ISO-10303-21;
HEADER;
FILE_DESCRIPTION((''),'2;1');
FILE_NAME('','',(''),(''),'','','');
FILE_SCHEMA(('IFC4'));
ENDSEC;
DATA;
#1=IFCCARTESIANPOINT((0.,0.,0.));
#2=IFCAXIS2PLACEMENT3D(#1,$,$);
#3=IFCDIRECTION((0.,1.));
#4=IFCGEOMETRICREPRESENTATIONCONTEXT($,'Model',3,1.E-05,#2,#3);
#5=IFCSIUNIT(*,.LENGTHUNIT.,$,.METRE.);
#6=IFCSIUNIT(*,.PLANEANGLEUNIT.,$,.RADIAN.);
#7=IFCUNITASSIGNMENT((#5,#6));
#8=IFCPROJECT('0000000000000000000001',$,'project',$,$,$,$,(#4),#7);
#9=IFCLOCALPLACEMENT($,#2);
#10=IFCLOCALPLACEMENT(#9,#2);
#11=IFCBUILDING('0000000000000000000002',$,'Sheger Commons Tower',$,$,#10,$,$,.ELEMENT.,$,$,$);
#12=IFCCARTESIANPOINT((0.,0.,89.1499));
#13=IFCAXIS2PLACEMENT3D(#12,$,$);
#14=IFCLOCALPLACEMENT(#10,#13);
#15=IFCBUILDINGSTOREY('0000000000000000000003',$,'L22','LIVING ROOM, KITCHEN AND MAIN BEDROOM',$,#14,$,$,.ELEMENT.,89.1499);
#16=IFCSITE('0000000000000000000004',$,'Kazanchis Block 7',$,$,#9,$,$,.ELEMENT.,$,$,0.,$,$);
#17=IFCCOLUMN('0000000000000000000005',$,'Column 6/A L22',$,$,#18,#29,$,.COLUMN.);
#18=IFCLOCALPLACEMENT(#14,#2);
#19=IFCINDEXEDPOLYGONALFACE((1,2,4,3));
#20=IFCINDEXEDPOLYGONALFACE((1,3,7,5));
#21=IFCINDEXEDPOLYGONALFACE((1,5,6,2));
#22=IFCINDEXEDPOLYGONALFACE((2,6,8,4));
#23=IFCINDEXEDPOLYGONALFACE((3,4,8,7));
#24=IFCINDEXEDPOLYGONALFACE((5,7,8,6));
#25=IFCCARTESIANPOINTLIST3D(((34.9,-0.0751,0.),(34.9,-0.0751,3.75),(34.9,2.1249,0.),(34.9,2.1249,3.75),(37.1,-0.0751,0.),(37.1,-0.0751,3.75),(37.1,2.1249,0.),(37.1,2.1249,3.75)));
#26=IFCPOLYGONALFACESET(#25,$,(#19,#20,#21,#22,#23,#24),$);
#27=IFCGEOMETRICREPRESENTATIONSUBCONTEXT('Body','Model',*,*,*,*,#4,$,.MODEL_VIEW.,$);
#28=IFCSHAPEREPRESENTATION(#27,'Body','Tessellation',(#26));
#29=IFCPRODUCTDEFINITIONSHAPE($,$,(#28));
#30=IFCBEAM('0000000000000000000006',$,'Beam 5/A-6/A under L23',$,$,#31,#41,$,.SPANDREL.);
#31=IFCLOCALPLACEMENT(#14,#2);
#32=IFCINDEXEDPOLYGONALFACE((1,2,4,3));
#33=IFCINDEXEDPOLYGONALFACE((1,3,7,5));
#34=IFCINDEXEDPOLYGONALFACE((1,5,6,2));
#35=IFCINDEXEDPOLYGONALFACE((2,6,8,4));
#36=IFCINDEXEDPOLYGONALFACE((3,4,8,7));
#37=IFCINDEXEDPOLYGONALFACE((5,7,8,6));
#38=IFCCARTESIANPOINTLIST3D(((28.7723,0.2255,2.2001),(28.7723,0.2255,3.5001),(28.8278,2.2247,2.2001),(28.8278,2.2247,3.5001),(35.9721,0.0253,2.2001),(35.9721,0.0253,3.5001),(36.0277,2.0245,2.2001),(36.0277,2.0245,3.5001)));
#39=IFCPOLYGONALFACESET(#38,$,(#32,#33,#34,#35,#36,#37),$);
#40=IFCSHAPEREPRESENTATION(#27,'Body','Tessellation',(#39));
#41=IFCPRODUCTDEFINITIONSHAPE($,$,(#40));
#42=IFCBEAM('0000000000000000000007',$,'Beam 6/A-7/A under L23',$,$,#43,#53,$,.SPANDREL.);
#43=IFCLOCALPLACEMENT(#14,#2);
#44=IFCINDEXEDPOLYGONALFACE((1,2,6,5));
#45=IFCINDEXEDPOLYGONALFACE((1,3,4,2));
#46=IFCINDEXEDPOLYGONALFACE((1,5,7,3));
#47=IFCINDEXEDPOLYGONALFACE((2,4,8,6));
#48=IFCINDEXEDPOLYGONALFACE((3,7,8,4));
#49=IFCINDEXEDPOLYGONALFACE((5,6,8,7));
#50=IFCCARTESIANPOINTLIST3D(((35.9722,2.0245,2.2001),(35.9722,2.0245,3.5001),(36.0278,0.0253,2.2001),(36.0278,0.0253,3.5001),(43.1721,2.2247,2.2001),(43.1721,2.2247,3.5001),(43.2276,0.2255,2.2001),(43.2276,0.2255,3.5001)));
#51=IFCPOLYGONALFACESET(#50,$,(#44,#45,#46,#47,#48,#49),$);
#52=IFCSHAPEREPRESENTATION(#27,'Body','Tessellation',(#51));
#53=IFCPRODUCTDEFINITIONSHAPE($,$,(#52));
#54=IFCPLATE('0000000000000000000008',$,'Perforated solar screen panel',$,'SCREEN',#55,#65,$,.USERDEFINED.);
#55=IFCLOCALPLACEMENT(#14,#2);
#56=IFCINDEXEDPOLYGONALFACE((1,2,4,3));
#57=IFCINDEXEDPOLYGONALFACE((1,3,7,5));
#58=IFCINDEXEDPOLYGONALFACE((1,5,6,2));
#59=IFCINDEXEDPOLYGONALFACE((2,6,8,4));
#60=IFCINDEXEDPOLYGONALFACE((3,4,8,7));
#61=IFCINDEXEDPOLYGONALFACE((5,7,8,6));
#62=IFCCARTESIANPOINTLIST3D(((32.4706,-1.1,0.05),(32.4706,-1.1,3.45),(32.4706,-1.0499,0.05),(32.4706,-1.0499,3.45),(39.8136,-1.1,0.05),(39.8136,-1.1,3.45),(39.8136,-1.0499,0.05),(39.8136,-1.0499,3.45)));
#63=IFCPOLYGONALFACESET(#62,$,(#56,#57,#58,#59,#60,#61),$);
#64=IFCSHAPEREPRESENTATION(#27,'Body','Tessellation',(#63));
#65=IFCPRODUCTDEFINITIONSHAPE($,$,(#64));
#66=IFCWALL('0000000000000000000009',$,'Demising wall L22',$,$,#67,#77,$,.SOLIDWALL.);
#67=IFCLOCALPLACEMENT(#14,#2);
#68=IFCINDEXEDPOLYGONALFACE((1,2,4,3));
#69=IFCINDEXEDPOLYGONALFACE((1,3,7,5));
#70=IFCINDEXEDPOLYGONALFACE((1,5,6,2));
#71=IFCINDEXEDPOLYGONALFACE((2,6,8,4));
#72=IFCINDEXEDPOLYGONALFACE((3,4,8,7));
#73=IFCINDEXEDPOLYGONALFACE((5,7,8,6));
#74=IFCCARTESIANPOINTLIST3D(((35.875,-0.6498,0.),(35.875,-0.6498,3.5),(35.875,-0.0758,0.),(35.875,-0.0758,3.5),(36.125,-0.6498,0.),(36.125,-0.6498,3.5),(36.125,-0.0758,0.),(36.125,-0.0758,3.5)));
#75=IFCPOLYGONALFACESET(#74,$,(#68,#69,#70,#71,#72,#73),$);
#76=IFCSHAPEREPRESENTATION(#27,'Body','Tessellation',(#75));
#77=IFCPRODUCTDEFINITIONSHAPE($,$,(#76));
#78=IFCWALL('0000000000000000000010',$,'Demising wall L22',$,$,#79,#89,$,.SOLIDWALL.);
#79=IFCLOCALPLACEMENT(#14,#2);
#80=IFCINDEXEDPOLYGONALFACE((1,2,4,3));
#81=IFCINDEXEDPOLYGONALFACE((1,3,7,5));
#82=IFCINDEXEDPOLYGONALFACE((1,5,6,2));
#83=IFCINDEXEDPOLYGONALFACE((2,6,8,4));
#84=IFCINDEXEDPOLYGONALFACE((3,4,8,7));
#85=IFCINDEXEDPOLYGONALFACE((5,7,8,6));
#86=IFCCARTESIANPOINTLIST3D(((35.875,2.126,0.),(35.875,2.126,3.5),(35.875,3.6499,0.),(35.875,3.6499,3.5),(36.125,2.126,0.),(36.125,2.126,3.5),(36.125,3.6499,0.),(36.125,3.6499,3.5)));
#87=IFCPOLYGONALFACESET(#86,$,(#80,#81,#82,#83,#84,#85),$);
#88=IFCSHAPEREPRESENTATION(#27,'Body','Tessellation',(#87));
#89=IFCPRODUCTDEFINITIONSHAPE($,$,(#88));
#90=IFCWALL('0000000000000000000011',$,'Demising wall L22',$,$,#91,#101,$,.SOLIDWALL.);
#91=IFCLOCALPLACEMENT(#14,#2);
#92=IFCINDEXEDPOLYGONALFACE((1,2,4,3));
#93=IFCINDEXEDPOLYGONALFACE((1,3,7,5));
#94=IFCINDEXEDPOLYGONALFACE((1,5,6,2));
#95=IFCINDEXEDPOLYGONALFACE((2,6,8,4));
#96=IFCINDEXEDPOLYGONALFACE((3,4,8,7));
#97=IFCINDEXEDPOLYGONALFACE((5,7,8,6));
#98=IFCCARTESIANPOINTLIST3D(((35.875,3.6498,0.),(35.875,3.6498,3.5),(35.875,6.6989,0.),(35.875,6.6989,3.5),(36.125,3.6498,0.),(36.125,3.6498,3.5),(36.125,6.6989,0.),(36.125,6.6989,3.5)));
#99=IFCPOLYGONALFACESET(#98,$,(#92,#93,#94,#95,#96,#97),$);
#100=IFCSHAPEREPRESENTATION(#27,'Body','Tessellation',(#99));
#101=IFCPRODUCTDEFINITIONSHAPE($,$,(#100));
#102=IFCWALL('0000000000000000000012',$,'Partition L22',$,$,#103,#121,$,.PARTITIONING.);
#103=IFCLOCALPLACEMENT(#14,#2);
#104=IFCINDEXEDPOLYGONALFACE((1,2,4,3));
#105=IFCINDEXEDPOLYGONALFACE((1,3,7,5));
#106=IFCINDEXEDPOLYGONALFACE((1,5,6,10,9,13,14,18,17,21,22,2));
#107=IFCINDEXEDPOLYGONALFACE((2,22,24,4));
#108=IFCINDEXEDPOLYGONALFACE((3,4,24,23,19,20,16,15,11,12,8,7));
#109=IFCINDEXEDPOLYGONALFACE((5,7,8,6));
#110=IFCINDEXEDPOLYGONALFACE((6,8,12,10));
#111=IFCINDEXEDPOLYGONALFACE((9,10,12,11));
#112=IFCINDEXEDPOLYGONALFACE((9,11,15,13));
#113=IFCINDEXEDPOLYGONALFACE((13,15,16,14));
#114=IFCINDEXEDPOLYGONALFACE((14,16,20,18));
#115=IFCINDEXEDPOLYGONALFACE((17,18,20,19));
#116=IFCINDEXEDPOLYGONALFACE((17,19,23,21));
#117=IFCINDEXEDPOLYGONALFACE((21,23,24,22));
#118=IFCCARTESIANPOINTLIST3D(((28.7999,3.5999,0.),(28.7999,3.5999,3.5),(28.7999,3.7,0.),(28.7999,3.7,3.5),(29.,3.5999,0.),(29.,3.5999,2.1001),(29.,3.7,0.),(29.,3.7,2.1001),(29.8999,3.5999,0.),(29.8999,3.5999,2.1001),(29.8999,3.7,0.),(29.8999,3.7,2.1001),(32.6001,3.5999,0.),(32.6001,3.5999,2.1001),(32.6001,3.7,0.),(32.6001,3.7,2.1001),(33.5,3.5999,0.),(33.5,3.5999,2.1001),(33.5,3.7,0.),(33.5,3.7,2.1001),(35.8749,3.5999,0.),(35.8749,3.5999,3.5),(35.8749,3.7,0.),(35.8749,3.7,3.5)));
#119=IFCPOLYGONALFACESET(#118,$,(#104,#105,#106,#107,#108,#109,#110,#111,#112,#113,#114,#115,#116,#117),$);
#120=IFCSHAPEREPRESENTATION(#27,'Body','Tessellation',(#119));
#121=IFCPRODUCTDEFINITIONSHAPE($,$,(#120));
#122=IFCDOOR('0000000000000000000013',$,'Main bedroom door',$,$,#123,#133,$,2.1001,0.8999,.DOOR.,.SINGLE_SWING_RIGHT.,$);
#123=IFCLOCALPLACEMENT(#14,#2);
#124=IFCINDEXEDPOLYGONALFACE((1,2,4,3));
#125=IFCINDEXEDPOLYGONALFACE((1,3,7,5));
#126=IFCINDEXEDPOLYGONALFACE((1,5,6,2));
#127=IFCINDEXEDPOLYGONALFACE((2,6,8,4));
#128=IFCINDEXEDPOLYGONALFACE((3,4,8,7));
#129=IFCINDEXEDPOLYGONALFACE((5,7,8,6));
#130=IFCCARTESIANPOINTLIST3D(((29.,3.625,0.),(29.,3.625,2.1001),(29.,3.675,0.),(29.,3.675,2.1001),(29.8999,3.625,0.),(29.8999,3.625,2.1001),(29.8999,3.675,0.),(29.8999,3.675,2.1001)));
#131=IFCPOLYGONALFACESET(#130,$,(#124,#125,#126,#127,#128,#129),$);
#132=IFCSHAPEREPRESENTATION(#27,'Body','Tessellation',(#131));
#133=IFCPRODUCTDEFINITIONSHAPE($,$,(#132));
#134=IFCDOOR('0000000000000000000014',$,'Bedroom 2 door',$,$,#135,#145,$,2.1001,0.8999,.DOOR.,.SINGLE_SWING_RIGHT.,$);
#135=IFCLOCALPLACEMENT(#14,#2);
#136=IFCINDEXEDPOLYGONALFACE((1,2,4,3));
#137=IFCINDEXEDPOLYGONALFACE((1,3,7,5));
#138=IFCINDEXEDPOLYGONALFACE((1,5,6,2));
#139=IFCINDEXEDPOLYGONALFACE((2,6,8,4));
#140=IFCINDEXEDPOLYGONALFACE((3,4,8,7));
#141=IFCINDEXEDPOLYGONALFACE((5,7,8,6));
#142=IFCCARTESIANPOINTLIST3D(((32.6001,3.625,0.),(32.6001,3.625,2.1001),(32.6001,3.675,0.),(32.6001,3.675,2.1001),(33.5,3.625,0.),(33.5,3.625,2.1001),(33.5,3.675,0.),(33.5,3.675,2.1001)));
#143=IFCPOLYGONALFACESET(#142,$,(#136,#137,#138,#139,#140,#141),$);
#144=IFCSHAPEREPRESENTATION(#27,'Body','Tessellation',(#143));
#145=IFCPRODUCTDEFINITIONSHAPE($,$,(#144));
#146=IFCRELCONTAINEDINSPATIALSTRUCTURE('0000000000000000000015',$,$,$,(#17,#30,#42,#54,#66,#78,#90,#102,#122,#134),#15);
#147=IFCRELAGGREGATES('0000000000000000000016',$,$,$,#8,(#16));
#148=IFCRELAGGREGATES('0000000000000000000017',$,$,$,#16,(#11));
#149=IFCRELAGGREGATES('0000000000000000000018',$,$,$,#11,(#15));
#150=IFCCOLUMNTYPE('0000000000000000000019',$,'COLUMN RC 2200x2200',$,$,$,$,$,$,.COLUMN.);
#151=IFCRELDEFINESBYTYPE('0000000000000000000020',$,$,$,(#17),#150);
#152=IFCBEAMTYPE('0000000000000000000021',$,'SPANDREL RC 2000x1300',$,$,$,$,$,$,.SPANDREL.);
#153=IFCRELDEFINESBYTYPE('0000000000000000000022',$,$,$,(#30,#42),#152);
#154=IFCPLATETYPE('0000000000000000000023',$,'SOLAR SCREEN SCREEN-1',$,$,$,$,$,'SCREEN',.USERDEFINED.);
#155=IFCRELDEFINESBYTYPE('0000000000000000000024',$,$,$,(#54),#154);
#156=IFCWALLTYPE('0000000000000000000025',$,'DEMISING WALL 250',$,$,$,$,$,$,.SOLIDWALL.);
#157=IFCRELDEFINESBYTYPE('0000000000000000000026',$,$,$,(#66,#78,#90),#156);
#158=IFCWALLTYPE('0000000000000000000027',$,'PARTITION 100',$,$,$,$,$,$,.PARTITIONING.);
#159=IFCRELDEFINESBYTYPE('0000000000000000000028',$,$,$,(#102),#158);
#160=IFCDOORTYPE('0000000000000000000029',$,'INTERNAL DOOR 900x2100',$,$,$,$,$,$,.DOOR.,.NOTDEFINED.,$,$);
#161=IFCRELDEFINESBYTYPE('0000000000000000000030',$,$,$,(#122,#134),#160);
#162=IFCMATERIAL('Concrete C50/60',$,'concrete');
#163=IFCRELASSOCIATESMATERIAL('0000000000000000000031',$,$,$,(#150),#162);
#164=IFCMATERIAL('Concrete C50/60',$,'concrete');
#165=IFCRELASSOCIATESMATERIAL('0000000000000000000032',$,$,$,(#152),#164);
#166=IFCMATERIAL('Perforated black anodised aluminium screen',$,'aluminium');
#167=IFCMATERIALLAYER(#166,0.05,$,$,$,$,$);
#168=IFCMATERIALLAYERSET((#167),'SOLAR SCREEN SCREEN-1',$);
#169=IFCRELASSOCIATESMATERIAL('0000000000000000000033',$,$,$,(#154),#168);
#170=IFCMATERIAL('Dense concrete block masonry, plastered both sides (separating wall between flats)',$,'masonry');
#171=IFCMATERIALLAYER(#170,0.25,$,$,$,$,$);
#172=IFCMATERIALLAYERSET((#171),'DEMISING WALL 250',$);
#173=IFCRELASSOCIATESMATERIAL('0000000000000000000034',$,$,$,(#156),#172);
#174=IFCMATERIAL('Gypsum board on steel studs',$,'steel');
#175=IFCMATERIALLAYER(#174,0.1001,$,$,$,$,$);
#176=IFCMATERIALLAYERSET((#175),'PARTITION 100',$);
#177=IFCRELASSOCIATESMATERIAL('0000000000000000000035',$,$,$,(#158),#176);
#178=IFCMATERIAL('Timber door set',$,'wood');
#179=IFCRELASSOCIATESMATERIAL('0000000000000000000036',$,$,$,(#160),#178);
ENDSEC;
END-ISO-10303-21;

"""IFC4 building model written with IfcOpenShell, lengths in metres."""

from ifc_helpers import new_model, si_unit, direction, frame, frame_2d, origin, origin_2d, place, context, subcontext, project, spatial, rectangle, extrude, material, layer, layer_set, material_profile, profile_set, type_object, element, fill, save


model = new_model("IFC4")

# Units and contexts
model_context = context("Model", 3, precision=1e-05, world=origin(), true_north=direction((0.0, 1.0)))
body_context = subcontext(model_context, "Body", "Model", "MODEL_VIEW")
ifc_project = project(units=[si_unit("LENGTHUNIT", "METRE"), si_unit("PLANEANGLEUNIT", "RADIAN")], contexts=[model_context])

# Site, building, storey
site_placement = place(None, origin())
site = spatial("IfcSite", under=ifc_project, at=site_placement, Name="Kazanchis Block 7", CompositionType="ELEMENT", RefElevation=0.0)
building_placement = place(site_placement, origin())
building = spatial("IfcBuilding", under=site, at=building_placement, Name="Sheger Commons Tower", CompositionType="ELEMENT")
storey_placement = place(building_placement, frame((0.0, 0.0, 89.1499)))
storey = spatial("IfcBuildingStorey", under=building, at=storey_placement, Name="L22", Description="LIVING ROOM, KITCHEN AND MAIN BEDROOM", CompositionType="ELEMENT", Elevation=89.1499)

# Column
ifc_material_1 = material(Name="Concrete C50/60", Category="concrete")
ifc_material_profile_1 = material_profile(ifc_material_1, rectangle(XDim=2.2, YDim=2.2, at=origin_2d()), Name="RC 2200x2200")
ifc_profile_set_1 = profile_set([ifc_material_profile_1], Name="Concrete C50/60")
column_type = type_object("IfcColumnType", Name="COLUMN RC 2200x2200", PredefinedType="COLUMN", material=ifc_profile_set_1)
column_placement = place(storey_placement, frame((36.0, 1.0249, 0.0), z_axis=(0.0, 0.0, 1.0), x_axis=(1.0, 0.0, 0.0)))
element("IfcColumn", 1, at=column_placement, inside=storey, type_object=column_type, Name="Column 6/A L22", PredefinedType="COLUMN", context=body_context, shape_type="SweptSolid", body=[
    extrude(rectangle(XDim=2.2, YDim=2.2, at=origin_2d()), origin(), (0.0, 0.0, 1.0), 3.75),
])

# Beams
ifc_material_2 = material(Name="Concrete C50/60", Category="concrete")
ifc_material_profile_2 = material_profile(ifc_material_2, rectangle(XDim=2.0, YDim=1.3, at=origin_2d()), Name="RC 2000x1300")
ifc_profile_set_2 = profile_set([ifc_material_profile_2], Name="Concrete C50/60")
beam_type = type_object("IfcBeamType", Name="SPANDREL RC 2000x1300", PredefinedType="SPANDREL", material=ifc_profile_set_2)
for number, where, z_axis, x_axis, name in (
    (2, (28.8, 1.2251, 2.8501), (0.999614, -0.027794, 0.0), (0.027794, 0.999614, 0.0), "Beam 5/A-6/A under L23"),
    (3, (36.0, 1.0249, 2.8501), (0.999614, 0.027794, 0.0), (-0.027794, 0.999614, 0.0), "Beam 6/A-7/A under L23"),
):
    element("IfcBeam", number, at=place(storey_placement, frame(where, z_axis=z_axis, x_axis=x_axis)), inside=storey, type_object=beam_type, Name=name, PredefinedType="SPANDREL", context=body_context, shape_type="SweptSolid", body=[
        extrude(rectangle(XDim=2.0, YDim=1.3, at=origin_2d()), origin(), (0.0, 0.0, 1.0), 7.2026),
    ])

# Plate
ifc_material_3 = material(Name="Perforated black anodised aluminium screen", Category="aluminium")
ifc_layer_1 = layer(ifc_material_3, 0.05)
ifc_layer_set_1 = layer_set([ifc_layer_1], Name="SOLAR SCREEN SCREEN-1")
plate_type = type_object("IfcPlateType", Name="SOLAR SCREEN SCREEN-1", ElementType="SCREEN", PredefinedType="USERDEFINED", material=ifc_layer_set_1)
plate_placement = place(storey_placement, frame((36.1421, -1.075, 0.05), z_axis=(0.0, 0.0, 1.0), x_axis=(1.0, 0.0, 0.0)))
element("IfcPlate", 4, at=plate_placement, inside=storey, type_object=plate_type, Name="Perforated solar screen panel", ObjectType="SCREEN", PredefinedType="USERDEFINED", context=body_context, shape_type="SweptSolid", body=[
    extrude(rectangle(XDim=7.343, YDim=0.05, at=origin_2d()), origin(), (0.0, 0.0, 1.0), 3.3999),
])

# Walls
ifc_material_4 = material(Name="Dense concrete block masonry, plastered both sides (separating wall between flats)", Category="masonry")
ifc_layer_2 = layer(ifc_material_4, 0.25)
ifc_layer_set_2 = layer_set([ifc_layer_2], Name="DEMISING WALL 250")
wall_type_1 = type_object("IfcWallType", Name="DEMISING WALL 250", PredefinedType="SOLIDWALL", material=ifc_layer_set_2)
wall_1_placement = place(storey_placement, frame((36.0, -0.6499, 0.0), z_axis=(0.0, 0.0, 1.0), x_axis=(0.0, 1.0, 0.0)))
element("IfcWall", 5, at=wall_1_placement, inside=storey, type_object=wall_type_1, Name="Demising wall L22", PredefinedType="SOLIDWALL", context=body_context, shape_type="SweptSolid", body=[
    extrude(rectangle(XDim=0.574, YDim=0.25, at=frame_2d((0.2871, 0.0))), origin(), (0.0, 0.0, 1.0), 3.5),
])
wall_2_placement = place(storey_placement, frame((36.0, 2.126, 0.0), z_axis=(0.0, 0.0, 1.0), x_axis=(0.0, 1.0, 0.0)))
element("IfcWall", 6, at=wall_2_placement, inside=storey, type_object=wall_type_1, Name="Demising wall L22", PredefinedType="SOLIDWALL", context=body_context, shape_type="SweptSolid", body=[
    extrude(rectangle(XDim=1.5239, YDim=0.25, at=frame_2d((0.762, 0.0))), origin(), (0.0, 0.0, 1.0), 3.5),
])
wall_3_placement = place(storey_placement, frame((36.0, 3.6499, 0.0), z_axis=(0.0, 0.0, 1.0), x_axis=(0.0, 1.0, 0.0)))
element("IfcWall", 7, at=wall_3_placement, inside=storey, type_object=wall_type_1, Name="Demising wall L22", PredefinedType="SOLIDWALL", context=body_context, shape_type="SweptSolid", body=[
    extrude(rectangle(XDim=3.0491, YDim=0.25, at=frame_2d((1.5244, 0.0))), origin(), (0.0, 0.0, 1.0), 3.5),
])

# Wall, openings, doors
ifc_material_5 = material(Name="Gypsum board on steel studs", Category="steel")
ifc_layer_3 = layer(ifc_material_5, 0.1001)
ifc_layer_set_3 = layer_set([ifc_layer_3], Name="PARTITION 100")
wall_type_2 = type_object("IfcWallType", Name="PARTITION 100", PredefinedType="PARTITIONING", material=ifc_layer_set_3)
wall_4_placement = place(storey_placement, frame((35.875, 3.6499, 0.0), z_axis=(0.0, 0.0, 1.0), x_axis=(-1.0, 0.0, 0.0)))
wall_4 = element("IfcWall", 8, at=wall_4_placement, inside=storey, type_object=wall_type_2, Name="Partition L22", PredefinedType="PARTITIONING", context=body_context, shape_type="SweptSolid", body=[
    extrude(rectangle(XDim=7.075, YDim=0.1001, at=frame_2d((3.5376, 0.0))), origin(), (0.0, 0.0, 1.0), 3.5),
])
opening_1_placement = place(wall_4_placement, frame((5.9751, 0.0, 0.0)))
opening_1 = element("IfcOpeningElement", 9, at=opening_1_placement, cuts=wall_4, PredefinedType="OPENING", context=body_context, shape_type="SweptSolid", body=[
    extrude(rectangle(XDim=0.8999, YDim=2.1001, at=frame_2d((0.45, 1.05))), frame((0.0, 0.0601, 0.0), z_axis=(0.0, -1.0, 0.0), x_axis=(1.0, 0.0, 0.0)), (0.0, 0.0, 1.0), 0.1201),
])
opening_2_placement = place(wall_4_placement, frame((2.375, 0.0, 0.0)))
opening_2 = element("IfcOpeningElement", 10, at=opening_2_placement, cuts=wall_4, PredefinedType="OPENING", context=body_context, shape_type="SweptSolid", body=[
    extrude(rectangle(XDim=0.8999, YDim=2.1001, at=frame_2d((0.45, 1.05))), frame((0.0, 0.0601, 0.0), z_axis=(0.0, -1.0, 0.0), x_axis=(1.0, 0.0, 0.0)), (0.0, 0.0, 1.0), 0.1201),
])
ifc_material_6 = material(Name="Timber door set", Category="wood")
door_type = type_object("IfcDoorType", Name="INTERNAL DOOR 900x2100", OperationType="NOTDEFINED", PredefinedType="DOOR", material=ifc_material_6)
door_1_placement = place(opening_1_placement, origin())
door_1 = element("IfcDoor", 11, at=door_1_placement, inside=storey, type_object=door_type, Name="Main bedroom door", OperationType="SINGLE_SWING_RIGHT", OverallHeight=2.1001, OverallWidth=0.8999, PredefinedType="DOOR", context=body_context, shape_type="SweptSolid", body=[
    extrude(rectangle(XDim=0.8999, YDim=2.1001, at=frame_2d((0.45, 1.05))), frame((0.0, 0.0249, 0.0), z_axis=(0.0, -1.0, 0.0), x_axis=(1.0, 0.0, 0.0)), (0.0, 0.0, 1.0), 0.05),
])
fill(opening_1, door_1)
door_2_placement = place(opening_2_placement, origin())
door_2 = element("IfcDoor", 12, at=door_2_placement, inside=storey, type_object=door_type, Name="Bedroom 2 door", OperationType="SINGLE_SWING_RIGHT", OverallHeight=2.1001, OverallWidth=0.8999, PredefinedType="DOOR", context=body_context, shape_type="SweptSolid", body=[
    extrude(rectangle(XDim=0.8999, YDim=2.1001, at=frame_2d((0.45, 1.05))), frame((0.0, 0.0249, 0.0), z_axis=(0.0, -1.0, 0.0), x_axis=(1.0, 0.0, 0.0)), (0.0, 0.0, 1.0), 0.05),
])
fill(opening_2, door_2)

save(model, "model.ifc")
